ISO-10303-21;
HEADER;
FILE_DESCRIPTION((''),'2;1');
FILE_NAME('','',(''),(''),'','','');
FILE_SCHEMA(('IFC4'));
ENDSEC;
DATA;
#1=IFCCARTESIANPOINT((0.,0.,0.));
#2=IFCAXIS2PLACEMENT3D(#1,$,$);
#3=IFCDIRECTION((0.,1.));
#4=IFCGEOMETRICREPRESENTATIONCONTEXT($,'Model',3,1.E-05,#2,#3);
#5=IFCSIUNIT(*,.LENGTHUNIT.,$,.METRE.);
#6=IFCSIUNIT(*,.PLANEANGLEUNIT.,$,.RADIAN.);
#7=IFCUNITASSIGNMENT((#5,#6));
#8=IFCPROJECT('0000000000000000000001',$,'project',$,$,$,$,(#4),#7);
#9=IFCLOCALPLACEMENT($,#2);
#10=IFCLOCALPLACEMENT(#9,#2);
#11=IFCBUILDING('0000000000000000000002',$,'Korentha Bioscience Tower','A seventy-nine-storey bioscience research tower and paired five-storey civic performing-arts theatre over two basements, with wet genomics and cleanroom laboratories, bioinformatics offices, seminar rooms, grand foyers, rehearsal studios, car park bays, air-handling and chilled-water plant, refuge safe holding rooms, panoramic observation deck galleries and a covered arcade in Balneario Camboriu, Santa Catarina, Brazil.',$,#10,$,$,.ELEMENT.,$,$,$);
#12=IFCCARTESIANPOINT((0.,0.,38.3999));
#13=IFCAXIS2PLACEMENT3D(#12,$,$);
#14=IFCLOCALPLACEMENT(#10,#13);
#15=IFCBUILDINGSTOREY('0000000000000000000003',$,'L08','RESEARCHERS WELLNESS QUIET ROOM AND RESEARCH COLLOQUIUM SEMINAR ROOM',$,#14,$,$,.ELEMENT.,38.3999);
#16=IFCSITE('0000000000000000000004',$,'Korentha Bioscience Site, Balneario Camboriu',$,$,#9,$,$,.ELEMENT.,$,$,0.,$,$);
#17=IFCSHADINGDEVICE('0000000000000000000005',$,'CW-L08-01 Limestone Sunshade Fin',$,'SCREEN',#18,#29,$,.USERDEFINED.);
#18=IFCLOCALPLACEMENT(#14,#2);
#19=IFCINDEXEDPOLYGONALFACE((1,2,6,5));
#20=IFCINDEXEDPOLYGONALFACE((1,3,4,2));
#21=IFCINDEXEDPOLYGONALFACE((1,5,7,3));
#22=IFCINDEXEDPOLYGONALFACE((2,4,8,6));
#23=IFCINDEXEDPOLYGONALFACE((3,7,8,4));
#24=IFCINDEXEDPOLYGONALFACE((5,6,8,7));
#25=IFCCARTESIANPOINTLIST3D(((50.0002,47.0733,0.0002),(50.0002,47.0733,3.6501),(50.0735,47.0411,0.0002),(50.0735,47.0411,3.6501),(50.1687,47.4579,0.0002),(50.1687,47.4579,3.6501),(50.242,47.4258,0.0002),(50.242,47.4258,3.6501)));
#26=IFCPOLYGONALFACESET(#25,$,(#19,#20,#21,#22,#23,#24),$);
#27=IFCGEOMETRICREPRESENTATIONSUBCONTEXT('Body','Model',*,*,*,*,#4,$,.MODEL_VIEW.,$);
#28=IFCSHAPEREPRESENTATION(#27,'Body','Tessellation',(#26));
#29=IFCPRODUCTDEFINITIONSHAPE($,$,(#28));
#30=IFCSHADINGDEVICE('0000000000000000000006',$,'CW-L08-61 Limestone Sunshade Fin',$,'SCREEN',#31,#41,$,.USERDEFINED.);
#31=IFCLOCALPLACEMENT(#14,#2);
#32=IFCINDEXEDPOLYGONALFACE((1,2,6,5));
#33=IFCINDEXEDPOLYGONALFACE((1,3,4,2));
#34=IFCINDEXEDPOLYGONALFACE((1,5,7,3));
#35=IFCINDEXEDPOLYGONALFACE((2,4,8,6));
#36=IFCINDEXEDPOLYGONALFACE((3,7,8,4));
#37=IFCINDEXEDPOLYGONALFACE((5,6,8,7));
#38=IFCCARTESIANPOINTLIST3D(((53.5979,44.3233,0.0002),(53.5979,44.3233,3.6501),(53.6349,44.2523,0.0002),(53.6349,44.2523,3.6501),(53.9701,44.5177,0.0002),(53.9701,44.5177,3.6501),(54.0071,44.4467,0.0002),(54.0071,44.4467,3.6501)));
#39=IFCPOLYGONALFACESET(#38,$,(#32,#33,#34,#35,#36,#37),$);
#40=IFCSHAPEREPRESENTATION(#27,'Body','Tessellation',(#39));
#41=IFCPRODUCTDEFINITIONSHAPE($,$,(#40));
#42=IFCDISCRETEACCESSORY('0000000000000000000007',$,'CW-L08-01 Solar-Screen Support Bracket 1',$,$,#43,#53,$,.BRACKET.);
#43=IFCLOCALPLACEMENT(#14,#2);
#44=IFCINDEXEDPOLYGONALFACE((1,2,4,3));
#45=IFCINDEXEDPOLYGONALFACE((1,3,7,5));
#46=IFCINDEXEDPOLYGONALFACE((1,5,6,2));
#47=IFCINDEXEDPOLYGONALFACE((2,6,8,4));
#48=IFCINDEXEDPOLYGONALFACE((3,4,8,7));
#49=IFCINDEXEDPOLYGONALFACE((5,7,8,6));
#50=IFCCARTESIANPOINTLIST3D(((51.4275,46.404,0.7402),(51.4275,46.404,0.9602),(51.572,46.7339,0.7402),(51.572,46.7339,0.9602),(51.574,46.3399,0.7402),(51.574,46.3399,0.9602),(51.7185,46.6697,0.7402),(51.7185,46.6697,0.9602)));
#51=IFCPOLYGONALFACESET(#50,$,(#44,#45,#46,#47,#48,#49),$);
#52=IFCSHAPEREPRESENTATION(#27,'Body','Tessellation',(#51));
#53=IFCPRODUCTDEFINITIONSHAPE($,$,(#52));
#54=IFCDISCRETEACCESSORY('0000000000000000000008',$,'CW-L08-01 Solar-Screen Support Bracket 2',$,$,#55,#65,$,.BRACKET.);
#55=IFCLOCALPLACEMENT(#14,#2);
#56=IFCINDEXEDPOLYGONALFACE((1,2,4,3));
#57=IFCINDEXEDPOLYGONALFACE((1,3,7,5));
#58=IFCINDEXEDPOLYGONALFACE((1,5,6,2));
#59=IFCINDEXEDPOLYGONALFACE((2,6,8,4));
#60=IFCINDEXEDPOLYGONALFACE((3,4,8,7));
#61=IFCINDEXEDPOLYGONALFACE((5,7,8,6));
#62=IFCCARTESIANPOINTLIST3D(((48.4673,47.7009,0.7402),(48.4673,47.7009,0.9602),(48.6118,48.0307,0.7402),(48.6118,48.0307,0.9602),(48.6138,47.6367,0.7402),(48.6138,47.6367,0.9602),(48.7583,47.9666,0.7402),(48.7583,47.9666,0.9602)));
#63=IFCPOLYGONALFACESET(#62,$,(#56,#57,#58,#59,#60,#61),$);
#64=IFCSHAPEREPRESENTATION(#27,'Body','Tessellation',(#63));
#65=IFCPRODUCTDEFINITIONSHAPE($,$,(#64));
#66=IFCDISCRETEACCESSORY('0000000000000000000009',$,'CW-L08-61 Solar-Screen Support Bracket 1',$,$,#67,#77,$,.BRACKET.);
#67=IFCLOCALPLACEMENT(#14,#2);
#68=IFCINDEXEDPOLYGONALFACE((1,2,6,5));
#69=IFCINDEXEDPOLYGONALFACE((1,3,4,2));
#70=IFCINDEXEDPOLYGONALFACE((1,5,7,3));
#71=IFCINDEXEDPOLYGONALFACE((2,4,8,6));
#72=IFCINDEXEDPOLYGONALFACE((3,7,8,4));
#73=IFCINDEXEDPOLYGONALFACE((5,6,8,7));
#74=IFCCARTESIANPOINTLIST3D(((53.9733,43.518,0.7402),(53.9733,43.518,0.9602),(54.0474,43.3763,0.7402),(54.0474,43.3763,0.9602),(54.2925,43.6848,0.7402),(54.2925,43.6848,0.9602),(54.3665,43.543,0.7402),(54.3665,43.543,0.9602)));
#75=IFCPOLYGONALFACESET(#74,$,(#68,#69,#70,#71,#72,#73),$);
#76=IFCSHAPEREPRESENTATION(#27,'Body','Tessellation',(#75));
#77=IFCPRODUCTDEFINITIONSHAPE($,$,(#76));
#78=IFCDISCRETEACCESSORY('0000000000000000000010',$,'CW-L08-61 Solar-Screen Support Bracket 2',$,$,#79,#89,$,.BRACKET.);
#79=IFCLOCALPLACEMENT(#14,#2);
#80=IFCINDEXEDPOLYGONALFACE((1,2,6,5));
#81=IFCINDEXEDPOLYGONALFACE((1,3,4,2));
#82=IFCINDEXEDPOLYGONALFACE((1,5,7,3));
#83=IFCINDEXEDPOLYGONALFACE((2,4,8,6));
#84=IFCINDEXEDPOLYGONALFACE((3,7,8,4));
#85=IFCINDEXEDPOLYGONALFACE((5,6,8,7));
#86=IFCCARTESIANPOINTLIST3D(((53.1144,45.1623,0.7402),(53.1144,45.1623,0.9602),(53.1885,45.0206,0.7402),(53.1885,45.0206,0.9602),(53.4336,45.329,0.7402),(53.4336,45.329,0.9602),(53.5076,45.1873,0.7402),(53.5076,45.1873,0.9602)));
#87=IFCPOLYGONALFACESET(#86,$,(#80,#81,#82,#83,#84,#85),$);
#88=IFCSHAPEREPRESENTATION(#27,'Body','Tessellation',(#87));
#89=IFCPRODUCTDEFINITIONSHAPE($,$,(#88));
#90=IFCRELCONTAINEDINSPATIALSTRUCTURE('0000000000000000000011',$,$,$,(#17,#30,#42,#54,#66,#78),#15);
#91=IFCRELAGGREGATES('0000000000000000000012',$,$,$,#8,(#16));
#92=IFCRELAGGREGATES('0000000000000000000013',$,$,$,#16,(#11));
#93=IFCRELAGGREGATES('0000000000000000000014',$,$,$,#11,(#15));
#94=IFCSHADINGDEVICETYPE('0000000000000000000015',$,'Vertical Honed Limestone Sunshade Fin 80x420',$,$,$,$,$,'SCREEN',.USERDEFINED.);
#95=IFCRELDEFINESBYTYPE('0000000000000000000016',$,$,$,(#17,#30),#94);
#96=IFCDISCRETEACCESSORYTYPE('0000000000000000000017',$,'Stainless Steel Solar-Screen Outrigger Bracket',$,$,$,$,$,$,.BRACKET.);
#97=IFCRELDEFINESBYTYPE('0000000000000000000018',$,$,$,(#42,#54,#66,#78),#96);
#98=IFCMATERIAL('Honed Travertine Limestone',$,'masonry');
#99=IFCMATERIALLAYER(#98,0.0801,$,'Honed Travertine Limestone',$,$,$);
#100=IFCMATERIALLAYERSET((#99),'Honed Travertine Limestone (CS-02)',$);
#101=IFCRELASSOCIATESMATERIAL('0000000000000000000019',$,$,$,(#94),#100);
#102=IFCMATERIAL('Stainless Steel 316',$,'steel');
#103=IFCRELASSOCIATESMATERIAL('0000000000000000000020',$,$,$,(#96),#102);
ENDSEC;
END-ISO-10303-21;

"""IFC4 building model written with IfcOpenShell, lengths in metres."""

from ifc_helpers import new_model, si_unit, direction, frame, origin, origin_2d, place, context, subcontext, project, spatial, rectangle, extrude, material, layer, layer_set, type_object, element, save


model = new_model("IFC4")

# Units and contexts
model_context = context("Model", 3, precision=1e-05, world=origin(), true_north=direction((0.0, 1.0)))
body_context = subcontext(model_context, "Body", "Model", "MODEL_VIEW")
ifc_project = project(units=[si_unit("LENGTHUNIT", "METRE"), si_unit("PLANEANGLEUNIT", "RADIAN")], contexts=[model_context])

# Site, building, storey
site_placement = place(None, origin())
site = spatial("IfcSite", under=ifc_project, at=site_placement, Name="Korentha Bioscience Site, Balneario Camboriu", CompositionType="ELEMENT", RefElevation=0.0)
building_placement = place(site_placement, origin())
building = spatial("IfcBuilding", under=site, at=building_placement, Name="Korentha Bioscience Tower", Description="A seventy-nine-storey bioscience research tower and paired five-storey civic performing-arts theatre over two basements, with wet genomics and cleanroom laboratories, bioinformatics offices, seminar rooms, grand foyers, rehearsal studios, car park bays, air-handling and chilled-water plant, refuge safe holding rooms, panoramic observation deck galleries and a covered arcade in Balneario Camboriu, Santa Catarina, Brazil.", CompositionType="ELEMENT")
storey_placement = place(building_placement, frame((0.0, 0.0, 38.3999)))
storey = spatial("IfcBuildingStorey", under=building, at=storey_placement, Name="L08", Description="RESEARCHERS WELLNESS QUIET ROOM AND RESEARCH COLLOQUIUM SEMINAR ROOM", CompositionType="ELEMENT", Elevation=38.3999)

# Shading devices
ifc_material_1 = material(Name="Honed Travertine Limestone", Category="masonry")
ifc_layer_1 = layer(ifc_material_1, 0.0801, Name="Honed Travertine Limestone")
ifc_layer_set_1 = layer_set([ifc_layer_1], Name="Honed Travertine Limestone (CS-02)")
shading_device_type_1 = type_object("IfcShadingDeviceType", Name="Vertical Honed Limestone Sunshade Fin 80x420", ElementType="SCREEN", PredefinedType="USERDEFINED", material=ifc_layer_set_1)
for number, where, z_axis, x_axis, name in (
    (1, (50.1211, 47.2495, 0.0002), (0.0, 0.0, 1.0), (-0.915939, 0.401317, 0.0), "CW-L08-01 Limestone Sunshade Fin"),
    (2, (53.8025, 44.385, 0.0002), (0.0, 0.0, 1.0), (-0.463009, 0.886354, 0.0), "CW-L08-61 Limestone Sunshade Fin"),
):
    element("IfcShadingDevice", number, at=place(storey_placement, frame(where, z_axis=z_axis, x_axis=x_axis)), inside=storey, type_object=shading_device_type_1, Name=name, ObjectType="SCREEN", PredefinedType="USERDEFINED", context=body_context, shape_type="SweptSolid", body=[
        extrude(rectangle(XDim=0.0801, YDim=0.4199, at=origin_2d()), origin(), (0.0, 0.0, 1.0), 3.6499),
    ])

# Discrete accessories
ifc_material_2 = material(Name="Stainless Steel 316", Category="steel")
discrete_accessory_type = type_object("IfcDiscreteAccessoryType", Name="Stainless Steel Solar-Screen Outrigger Bracket", PredefinedType="BRACKET", material=ifc_material_2)
for number, where, z_axis, x_axis, name in (
    (3, (51.573, 46.5369, 0.7402), (0.0, 0.0, 1.0), (-0.915939, 0.401317, 0.0), "CW-L08-01 Solar-Screen Support Bracket 1"),
    (4, (48.6128, 47.8337, 0.7402), (0.0, 0.0, 1.0), (-0.915939, 0.401317, 0.0), "CW-L08-01 Solar-Screen Support Bracket 2"),
    (5, (54.1699, 43.5305, 0.7402), (0.0, 0.0, 1.0), (-0.463009, 0.886354, 0.0), "CW-L08-61 Solar-Screen Support Bracket 1"),
    (6, (53.311, 45.1748, 0.7402), (0.0, 0.0, 1.0), (-0.463009, 0.886354, 0.0), "CW-L08-61 Solar-Screen Support Bracket 2"),
):
    element("IfcDiscreteAccessory", number, at=place(storey_placement, frame(where, z_axis=z_axis, x_axis=x_axis)), inside=storey, type_object=discrete_accessory_type, Name=name, PredefinedType="BRACKET", context=body_context, shape_type="SweptSolid", body=[
        extrude(rectangle(XDim=0.1599, YDim=0.3601, at=origin_2d()), origin(), (0.0, 0.0, 1.0), 0.22),
    ])

save(model, "model.ifc")
